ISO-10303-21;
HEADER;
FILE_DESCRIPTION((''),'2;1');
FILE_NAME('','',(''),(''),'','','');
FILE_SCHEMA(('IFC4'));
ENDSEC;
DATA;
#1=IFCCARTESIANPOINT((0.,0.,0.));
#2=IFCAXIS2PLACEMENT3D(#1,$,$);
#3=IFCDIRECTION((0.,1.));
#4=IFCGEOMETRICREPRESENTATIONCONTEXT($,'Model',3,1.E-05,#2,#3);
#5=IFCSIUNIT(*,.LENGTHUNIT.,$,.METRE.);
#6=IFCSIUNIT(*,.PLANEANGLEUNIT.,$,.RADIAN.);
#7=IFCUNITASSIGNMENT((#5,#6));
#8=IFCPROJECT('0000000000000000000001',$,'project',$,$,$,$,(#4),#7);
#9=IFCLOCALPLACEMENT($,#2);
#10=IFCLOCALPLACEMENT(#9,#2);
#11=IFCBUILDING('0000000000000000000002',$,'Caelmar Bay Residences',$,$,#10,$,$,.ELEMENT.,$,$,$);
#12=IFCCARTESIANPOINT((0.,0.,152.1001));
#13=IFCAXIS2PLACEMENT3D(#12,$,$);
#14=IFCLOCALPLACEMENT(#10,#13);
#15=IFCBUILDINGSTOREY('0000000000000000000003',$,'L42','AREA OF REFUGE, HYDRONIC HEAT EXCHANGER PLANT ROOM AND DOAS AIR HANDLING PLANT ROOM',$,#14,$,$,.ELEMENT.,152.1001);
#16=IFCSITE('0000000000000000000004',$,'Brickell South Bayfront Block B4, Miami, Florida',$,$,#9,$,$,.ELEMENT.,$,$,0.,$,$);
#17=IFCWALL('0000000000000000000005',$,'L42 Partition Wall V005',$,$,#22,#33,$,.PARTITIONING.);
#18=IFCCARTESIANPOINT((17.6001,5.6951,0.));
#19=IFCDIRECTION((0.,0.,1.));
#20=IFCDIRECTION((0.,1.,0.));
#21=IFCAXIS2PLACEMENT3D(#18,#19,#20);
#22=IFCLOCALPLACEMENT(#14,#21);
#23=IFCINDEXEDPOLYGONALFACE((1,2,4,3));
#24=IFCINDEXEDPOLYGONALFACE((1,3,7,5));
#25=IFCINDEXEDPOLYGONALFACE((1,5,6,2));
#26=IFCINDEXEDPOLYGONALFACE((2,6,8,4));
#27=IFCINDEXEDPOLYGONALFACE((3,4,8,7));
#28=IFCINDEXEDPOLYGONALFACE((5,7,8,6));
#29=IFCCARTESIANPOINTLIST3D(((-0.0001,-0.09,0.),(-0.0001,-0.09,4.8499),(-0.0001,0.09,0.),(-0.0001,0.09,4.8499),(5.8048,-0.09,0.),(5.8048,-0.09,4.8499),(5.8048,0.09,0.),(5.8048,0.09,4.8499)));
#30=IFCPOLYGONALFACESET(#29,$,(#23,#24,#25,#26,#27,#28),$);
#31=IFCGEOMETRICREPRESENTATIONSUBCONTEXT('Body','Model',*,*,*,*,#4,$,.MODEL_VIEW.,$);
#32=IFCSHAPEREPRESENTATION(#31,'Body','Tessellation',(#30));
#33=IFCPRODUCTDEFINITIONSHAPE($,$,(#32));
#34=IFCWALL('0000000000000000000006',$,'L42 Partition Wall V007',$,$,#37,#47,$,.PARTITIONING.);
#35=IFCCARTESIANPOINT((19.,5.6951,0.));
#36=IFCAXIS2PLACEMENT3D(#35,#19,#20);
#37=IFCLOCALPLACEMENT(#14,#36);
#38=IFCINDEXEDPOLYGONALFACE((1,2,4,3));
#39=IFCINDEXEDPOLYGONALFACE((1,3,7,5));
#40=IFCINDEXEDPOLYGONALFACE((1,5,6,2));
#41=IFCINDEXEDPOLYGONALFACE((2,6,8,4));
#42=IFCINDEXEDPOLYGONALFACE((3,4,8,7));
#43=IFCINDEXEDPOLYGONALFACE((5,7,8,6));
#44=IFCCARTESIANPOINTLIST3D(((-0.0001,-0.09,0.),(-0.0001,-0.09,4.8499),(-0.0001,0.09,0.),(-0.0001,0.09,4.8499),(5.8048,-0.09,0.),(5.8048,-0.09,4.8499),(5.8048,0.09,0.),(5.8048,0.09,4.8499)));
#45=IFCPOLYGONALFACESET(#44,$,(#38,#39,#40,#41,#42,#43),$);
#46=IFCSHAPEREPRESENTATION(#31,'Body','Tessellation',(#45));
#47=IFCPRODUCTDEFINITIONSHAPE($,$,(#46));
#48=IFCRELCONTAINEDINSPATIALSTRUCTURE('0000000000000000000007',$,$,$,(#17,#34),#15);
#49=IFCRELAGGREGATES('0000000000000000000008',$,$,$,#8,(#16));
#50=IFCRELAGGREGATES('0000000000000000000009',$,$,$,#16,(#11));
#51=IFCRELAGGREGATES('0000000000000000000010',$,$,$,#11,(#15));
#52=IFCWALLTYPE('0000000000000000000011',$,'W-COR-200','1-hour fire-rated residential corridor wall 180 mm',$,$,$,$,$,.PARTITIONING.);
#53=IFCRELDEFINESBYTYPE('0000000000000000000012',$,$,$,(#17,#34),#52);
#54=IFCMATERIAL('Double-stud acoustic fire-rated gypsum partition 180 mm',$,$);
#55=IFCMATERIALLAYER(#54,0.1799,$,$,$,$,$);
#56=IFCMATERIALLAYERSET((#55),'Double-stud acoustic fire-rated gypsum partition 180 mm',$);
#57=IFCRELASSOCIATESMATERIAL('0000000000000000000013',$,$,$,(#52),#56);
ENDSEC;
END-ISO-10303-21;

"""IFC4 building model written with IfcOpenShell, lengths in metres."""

from ifc_helpers import new_model, si_unit, direction, frame, frame_2d, origin, place, context, subcontext, project, spatial, rectangle, extrude, material, layer, layer_set, type_object, element, save


model = new_model("IFC4")

# Units and contexts
model_context = context("Model", 3, precision=1e-05, world=origin(), true_north=direction((0.0, 1.0)))
body_context = subcontext(model_context, "Body", "Model", "MODEL_VIEW")
ifc_project = project(units=[si_unit("LENGTHUNIT", "METRE"), si_unit("PLANEANGLEUNIT", "RADIAN")], contexts=[model_context])

# Site, building, storey
site_placement = place(None, origin())
site = spatial("IfcSite", under=ifc_project, at=site_placement, Name="Brickell South Bayfront Block B4, Miami, Florida", CompositionType="ELEMENT", RefElevation=0.0)
building_placement = place(site_placement, origin())
building = spatial("IfcBuilding", under=site, at=building_placement, Name="Caelmar Bay Residences", CompositionType="ELEMENT")
storey_placement = place(building_placement, frame((0.0, 0.0, 152.1001)))
storey = spatial("IfcBuildingStorey", under=building, at=storey_placement, Name="L42", Description="AREA OF REFUGE, HYDRONIC HEAT EXCHANGER PLANT ROOM AND DOAS AIR HANDLING PLANT ROOM", CompositionType="ELEMENT", Elevation=152.1001)

# Walls
ifc_material_1 = material(Name="Double-stud acoustic fire-rated gypsum partition 180 mm")
ifc_layer_1 = layer(ifc_material_1, 0.1799)
ifc_layer_set_1 = layer_set([ifc_layer_1], Name="Double-stud acoustic fire-rated gypsum partition 180 mm")
wall_type = type_object("IfcWallType", Name="W-COR-200", Description="1-hour fire-rated residential corridor wall 180 mm", PredefinedType="PARTITIONING", material=ifc_layer_set_1)
wall_1_placement = place(storey_placement, frame((17.6001, 5.6951, 0.0), z_axis=(0.0, 0.0, 1.0), x_axis=(0.0, 1.0, 0.0)))
element("IfcWall", 1, at=wall_1_placement, inside=storey, type_object=wall_type, Name="L42 Partition Wall V005", PredefinedType="PARTITIONING", context=body_context, shape_type="SweptSolid", body=[
    extrude(rectangle(XDim=5.8049, YDim=0.1799, at=frame_2d((2.9023, 0.0))), origin(), (0.0, 0.0, 1.0), 4.8499),
])
wall_2_placement = place(storey_placement, frame((19.0, 5.6951, 0.0), z_axis=(0.0, 0.0, 1.0), x_axis=(0.0, 1.0, 0.0)))
element("IfcWall", 2, at=wall_2_placement, inside=storey, type_object=wall_type, Name="L42 Partition Wall V007", PredefinedType="PARTITIONING", context=body_context, shape_type="SweptSolid", body=[
    extrude(rectangle(XDim=5.8049, YDim=0.1799, at=frame_2d((2.9023, 0.0))), origin(), (0.0, 0.0, 1.0), 4.8499),
])

save(model, "model.ifc")
